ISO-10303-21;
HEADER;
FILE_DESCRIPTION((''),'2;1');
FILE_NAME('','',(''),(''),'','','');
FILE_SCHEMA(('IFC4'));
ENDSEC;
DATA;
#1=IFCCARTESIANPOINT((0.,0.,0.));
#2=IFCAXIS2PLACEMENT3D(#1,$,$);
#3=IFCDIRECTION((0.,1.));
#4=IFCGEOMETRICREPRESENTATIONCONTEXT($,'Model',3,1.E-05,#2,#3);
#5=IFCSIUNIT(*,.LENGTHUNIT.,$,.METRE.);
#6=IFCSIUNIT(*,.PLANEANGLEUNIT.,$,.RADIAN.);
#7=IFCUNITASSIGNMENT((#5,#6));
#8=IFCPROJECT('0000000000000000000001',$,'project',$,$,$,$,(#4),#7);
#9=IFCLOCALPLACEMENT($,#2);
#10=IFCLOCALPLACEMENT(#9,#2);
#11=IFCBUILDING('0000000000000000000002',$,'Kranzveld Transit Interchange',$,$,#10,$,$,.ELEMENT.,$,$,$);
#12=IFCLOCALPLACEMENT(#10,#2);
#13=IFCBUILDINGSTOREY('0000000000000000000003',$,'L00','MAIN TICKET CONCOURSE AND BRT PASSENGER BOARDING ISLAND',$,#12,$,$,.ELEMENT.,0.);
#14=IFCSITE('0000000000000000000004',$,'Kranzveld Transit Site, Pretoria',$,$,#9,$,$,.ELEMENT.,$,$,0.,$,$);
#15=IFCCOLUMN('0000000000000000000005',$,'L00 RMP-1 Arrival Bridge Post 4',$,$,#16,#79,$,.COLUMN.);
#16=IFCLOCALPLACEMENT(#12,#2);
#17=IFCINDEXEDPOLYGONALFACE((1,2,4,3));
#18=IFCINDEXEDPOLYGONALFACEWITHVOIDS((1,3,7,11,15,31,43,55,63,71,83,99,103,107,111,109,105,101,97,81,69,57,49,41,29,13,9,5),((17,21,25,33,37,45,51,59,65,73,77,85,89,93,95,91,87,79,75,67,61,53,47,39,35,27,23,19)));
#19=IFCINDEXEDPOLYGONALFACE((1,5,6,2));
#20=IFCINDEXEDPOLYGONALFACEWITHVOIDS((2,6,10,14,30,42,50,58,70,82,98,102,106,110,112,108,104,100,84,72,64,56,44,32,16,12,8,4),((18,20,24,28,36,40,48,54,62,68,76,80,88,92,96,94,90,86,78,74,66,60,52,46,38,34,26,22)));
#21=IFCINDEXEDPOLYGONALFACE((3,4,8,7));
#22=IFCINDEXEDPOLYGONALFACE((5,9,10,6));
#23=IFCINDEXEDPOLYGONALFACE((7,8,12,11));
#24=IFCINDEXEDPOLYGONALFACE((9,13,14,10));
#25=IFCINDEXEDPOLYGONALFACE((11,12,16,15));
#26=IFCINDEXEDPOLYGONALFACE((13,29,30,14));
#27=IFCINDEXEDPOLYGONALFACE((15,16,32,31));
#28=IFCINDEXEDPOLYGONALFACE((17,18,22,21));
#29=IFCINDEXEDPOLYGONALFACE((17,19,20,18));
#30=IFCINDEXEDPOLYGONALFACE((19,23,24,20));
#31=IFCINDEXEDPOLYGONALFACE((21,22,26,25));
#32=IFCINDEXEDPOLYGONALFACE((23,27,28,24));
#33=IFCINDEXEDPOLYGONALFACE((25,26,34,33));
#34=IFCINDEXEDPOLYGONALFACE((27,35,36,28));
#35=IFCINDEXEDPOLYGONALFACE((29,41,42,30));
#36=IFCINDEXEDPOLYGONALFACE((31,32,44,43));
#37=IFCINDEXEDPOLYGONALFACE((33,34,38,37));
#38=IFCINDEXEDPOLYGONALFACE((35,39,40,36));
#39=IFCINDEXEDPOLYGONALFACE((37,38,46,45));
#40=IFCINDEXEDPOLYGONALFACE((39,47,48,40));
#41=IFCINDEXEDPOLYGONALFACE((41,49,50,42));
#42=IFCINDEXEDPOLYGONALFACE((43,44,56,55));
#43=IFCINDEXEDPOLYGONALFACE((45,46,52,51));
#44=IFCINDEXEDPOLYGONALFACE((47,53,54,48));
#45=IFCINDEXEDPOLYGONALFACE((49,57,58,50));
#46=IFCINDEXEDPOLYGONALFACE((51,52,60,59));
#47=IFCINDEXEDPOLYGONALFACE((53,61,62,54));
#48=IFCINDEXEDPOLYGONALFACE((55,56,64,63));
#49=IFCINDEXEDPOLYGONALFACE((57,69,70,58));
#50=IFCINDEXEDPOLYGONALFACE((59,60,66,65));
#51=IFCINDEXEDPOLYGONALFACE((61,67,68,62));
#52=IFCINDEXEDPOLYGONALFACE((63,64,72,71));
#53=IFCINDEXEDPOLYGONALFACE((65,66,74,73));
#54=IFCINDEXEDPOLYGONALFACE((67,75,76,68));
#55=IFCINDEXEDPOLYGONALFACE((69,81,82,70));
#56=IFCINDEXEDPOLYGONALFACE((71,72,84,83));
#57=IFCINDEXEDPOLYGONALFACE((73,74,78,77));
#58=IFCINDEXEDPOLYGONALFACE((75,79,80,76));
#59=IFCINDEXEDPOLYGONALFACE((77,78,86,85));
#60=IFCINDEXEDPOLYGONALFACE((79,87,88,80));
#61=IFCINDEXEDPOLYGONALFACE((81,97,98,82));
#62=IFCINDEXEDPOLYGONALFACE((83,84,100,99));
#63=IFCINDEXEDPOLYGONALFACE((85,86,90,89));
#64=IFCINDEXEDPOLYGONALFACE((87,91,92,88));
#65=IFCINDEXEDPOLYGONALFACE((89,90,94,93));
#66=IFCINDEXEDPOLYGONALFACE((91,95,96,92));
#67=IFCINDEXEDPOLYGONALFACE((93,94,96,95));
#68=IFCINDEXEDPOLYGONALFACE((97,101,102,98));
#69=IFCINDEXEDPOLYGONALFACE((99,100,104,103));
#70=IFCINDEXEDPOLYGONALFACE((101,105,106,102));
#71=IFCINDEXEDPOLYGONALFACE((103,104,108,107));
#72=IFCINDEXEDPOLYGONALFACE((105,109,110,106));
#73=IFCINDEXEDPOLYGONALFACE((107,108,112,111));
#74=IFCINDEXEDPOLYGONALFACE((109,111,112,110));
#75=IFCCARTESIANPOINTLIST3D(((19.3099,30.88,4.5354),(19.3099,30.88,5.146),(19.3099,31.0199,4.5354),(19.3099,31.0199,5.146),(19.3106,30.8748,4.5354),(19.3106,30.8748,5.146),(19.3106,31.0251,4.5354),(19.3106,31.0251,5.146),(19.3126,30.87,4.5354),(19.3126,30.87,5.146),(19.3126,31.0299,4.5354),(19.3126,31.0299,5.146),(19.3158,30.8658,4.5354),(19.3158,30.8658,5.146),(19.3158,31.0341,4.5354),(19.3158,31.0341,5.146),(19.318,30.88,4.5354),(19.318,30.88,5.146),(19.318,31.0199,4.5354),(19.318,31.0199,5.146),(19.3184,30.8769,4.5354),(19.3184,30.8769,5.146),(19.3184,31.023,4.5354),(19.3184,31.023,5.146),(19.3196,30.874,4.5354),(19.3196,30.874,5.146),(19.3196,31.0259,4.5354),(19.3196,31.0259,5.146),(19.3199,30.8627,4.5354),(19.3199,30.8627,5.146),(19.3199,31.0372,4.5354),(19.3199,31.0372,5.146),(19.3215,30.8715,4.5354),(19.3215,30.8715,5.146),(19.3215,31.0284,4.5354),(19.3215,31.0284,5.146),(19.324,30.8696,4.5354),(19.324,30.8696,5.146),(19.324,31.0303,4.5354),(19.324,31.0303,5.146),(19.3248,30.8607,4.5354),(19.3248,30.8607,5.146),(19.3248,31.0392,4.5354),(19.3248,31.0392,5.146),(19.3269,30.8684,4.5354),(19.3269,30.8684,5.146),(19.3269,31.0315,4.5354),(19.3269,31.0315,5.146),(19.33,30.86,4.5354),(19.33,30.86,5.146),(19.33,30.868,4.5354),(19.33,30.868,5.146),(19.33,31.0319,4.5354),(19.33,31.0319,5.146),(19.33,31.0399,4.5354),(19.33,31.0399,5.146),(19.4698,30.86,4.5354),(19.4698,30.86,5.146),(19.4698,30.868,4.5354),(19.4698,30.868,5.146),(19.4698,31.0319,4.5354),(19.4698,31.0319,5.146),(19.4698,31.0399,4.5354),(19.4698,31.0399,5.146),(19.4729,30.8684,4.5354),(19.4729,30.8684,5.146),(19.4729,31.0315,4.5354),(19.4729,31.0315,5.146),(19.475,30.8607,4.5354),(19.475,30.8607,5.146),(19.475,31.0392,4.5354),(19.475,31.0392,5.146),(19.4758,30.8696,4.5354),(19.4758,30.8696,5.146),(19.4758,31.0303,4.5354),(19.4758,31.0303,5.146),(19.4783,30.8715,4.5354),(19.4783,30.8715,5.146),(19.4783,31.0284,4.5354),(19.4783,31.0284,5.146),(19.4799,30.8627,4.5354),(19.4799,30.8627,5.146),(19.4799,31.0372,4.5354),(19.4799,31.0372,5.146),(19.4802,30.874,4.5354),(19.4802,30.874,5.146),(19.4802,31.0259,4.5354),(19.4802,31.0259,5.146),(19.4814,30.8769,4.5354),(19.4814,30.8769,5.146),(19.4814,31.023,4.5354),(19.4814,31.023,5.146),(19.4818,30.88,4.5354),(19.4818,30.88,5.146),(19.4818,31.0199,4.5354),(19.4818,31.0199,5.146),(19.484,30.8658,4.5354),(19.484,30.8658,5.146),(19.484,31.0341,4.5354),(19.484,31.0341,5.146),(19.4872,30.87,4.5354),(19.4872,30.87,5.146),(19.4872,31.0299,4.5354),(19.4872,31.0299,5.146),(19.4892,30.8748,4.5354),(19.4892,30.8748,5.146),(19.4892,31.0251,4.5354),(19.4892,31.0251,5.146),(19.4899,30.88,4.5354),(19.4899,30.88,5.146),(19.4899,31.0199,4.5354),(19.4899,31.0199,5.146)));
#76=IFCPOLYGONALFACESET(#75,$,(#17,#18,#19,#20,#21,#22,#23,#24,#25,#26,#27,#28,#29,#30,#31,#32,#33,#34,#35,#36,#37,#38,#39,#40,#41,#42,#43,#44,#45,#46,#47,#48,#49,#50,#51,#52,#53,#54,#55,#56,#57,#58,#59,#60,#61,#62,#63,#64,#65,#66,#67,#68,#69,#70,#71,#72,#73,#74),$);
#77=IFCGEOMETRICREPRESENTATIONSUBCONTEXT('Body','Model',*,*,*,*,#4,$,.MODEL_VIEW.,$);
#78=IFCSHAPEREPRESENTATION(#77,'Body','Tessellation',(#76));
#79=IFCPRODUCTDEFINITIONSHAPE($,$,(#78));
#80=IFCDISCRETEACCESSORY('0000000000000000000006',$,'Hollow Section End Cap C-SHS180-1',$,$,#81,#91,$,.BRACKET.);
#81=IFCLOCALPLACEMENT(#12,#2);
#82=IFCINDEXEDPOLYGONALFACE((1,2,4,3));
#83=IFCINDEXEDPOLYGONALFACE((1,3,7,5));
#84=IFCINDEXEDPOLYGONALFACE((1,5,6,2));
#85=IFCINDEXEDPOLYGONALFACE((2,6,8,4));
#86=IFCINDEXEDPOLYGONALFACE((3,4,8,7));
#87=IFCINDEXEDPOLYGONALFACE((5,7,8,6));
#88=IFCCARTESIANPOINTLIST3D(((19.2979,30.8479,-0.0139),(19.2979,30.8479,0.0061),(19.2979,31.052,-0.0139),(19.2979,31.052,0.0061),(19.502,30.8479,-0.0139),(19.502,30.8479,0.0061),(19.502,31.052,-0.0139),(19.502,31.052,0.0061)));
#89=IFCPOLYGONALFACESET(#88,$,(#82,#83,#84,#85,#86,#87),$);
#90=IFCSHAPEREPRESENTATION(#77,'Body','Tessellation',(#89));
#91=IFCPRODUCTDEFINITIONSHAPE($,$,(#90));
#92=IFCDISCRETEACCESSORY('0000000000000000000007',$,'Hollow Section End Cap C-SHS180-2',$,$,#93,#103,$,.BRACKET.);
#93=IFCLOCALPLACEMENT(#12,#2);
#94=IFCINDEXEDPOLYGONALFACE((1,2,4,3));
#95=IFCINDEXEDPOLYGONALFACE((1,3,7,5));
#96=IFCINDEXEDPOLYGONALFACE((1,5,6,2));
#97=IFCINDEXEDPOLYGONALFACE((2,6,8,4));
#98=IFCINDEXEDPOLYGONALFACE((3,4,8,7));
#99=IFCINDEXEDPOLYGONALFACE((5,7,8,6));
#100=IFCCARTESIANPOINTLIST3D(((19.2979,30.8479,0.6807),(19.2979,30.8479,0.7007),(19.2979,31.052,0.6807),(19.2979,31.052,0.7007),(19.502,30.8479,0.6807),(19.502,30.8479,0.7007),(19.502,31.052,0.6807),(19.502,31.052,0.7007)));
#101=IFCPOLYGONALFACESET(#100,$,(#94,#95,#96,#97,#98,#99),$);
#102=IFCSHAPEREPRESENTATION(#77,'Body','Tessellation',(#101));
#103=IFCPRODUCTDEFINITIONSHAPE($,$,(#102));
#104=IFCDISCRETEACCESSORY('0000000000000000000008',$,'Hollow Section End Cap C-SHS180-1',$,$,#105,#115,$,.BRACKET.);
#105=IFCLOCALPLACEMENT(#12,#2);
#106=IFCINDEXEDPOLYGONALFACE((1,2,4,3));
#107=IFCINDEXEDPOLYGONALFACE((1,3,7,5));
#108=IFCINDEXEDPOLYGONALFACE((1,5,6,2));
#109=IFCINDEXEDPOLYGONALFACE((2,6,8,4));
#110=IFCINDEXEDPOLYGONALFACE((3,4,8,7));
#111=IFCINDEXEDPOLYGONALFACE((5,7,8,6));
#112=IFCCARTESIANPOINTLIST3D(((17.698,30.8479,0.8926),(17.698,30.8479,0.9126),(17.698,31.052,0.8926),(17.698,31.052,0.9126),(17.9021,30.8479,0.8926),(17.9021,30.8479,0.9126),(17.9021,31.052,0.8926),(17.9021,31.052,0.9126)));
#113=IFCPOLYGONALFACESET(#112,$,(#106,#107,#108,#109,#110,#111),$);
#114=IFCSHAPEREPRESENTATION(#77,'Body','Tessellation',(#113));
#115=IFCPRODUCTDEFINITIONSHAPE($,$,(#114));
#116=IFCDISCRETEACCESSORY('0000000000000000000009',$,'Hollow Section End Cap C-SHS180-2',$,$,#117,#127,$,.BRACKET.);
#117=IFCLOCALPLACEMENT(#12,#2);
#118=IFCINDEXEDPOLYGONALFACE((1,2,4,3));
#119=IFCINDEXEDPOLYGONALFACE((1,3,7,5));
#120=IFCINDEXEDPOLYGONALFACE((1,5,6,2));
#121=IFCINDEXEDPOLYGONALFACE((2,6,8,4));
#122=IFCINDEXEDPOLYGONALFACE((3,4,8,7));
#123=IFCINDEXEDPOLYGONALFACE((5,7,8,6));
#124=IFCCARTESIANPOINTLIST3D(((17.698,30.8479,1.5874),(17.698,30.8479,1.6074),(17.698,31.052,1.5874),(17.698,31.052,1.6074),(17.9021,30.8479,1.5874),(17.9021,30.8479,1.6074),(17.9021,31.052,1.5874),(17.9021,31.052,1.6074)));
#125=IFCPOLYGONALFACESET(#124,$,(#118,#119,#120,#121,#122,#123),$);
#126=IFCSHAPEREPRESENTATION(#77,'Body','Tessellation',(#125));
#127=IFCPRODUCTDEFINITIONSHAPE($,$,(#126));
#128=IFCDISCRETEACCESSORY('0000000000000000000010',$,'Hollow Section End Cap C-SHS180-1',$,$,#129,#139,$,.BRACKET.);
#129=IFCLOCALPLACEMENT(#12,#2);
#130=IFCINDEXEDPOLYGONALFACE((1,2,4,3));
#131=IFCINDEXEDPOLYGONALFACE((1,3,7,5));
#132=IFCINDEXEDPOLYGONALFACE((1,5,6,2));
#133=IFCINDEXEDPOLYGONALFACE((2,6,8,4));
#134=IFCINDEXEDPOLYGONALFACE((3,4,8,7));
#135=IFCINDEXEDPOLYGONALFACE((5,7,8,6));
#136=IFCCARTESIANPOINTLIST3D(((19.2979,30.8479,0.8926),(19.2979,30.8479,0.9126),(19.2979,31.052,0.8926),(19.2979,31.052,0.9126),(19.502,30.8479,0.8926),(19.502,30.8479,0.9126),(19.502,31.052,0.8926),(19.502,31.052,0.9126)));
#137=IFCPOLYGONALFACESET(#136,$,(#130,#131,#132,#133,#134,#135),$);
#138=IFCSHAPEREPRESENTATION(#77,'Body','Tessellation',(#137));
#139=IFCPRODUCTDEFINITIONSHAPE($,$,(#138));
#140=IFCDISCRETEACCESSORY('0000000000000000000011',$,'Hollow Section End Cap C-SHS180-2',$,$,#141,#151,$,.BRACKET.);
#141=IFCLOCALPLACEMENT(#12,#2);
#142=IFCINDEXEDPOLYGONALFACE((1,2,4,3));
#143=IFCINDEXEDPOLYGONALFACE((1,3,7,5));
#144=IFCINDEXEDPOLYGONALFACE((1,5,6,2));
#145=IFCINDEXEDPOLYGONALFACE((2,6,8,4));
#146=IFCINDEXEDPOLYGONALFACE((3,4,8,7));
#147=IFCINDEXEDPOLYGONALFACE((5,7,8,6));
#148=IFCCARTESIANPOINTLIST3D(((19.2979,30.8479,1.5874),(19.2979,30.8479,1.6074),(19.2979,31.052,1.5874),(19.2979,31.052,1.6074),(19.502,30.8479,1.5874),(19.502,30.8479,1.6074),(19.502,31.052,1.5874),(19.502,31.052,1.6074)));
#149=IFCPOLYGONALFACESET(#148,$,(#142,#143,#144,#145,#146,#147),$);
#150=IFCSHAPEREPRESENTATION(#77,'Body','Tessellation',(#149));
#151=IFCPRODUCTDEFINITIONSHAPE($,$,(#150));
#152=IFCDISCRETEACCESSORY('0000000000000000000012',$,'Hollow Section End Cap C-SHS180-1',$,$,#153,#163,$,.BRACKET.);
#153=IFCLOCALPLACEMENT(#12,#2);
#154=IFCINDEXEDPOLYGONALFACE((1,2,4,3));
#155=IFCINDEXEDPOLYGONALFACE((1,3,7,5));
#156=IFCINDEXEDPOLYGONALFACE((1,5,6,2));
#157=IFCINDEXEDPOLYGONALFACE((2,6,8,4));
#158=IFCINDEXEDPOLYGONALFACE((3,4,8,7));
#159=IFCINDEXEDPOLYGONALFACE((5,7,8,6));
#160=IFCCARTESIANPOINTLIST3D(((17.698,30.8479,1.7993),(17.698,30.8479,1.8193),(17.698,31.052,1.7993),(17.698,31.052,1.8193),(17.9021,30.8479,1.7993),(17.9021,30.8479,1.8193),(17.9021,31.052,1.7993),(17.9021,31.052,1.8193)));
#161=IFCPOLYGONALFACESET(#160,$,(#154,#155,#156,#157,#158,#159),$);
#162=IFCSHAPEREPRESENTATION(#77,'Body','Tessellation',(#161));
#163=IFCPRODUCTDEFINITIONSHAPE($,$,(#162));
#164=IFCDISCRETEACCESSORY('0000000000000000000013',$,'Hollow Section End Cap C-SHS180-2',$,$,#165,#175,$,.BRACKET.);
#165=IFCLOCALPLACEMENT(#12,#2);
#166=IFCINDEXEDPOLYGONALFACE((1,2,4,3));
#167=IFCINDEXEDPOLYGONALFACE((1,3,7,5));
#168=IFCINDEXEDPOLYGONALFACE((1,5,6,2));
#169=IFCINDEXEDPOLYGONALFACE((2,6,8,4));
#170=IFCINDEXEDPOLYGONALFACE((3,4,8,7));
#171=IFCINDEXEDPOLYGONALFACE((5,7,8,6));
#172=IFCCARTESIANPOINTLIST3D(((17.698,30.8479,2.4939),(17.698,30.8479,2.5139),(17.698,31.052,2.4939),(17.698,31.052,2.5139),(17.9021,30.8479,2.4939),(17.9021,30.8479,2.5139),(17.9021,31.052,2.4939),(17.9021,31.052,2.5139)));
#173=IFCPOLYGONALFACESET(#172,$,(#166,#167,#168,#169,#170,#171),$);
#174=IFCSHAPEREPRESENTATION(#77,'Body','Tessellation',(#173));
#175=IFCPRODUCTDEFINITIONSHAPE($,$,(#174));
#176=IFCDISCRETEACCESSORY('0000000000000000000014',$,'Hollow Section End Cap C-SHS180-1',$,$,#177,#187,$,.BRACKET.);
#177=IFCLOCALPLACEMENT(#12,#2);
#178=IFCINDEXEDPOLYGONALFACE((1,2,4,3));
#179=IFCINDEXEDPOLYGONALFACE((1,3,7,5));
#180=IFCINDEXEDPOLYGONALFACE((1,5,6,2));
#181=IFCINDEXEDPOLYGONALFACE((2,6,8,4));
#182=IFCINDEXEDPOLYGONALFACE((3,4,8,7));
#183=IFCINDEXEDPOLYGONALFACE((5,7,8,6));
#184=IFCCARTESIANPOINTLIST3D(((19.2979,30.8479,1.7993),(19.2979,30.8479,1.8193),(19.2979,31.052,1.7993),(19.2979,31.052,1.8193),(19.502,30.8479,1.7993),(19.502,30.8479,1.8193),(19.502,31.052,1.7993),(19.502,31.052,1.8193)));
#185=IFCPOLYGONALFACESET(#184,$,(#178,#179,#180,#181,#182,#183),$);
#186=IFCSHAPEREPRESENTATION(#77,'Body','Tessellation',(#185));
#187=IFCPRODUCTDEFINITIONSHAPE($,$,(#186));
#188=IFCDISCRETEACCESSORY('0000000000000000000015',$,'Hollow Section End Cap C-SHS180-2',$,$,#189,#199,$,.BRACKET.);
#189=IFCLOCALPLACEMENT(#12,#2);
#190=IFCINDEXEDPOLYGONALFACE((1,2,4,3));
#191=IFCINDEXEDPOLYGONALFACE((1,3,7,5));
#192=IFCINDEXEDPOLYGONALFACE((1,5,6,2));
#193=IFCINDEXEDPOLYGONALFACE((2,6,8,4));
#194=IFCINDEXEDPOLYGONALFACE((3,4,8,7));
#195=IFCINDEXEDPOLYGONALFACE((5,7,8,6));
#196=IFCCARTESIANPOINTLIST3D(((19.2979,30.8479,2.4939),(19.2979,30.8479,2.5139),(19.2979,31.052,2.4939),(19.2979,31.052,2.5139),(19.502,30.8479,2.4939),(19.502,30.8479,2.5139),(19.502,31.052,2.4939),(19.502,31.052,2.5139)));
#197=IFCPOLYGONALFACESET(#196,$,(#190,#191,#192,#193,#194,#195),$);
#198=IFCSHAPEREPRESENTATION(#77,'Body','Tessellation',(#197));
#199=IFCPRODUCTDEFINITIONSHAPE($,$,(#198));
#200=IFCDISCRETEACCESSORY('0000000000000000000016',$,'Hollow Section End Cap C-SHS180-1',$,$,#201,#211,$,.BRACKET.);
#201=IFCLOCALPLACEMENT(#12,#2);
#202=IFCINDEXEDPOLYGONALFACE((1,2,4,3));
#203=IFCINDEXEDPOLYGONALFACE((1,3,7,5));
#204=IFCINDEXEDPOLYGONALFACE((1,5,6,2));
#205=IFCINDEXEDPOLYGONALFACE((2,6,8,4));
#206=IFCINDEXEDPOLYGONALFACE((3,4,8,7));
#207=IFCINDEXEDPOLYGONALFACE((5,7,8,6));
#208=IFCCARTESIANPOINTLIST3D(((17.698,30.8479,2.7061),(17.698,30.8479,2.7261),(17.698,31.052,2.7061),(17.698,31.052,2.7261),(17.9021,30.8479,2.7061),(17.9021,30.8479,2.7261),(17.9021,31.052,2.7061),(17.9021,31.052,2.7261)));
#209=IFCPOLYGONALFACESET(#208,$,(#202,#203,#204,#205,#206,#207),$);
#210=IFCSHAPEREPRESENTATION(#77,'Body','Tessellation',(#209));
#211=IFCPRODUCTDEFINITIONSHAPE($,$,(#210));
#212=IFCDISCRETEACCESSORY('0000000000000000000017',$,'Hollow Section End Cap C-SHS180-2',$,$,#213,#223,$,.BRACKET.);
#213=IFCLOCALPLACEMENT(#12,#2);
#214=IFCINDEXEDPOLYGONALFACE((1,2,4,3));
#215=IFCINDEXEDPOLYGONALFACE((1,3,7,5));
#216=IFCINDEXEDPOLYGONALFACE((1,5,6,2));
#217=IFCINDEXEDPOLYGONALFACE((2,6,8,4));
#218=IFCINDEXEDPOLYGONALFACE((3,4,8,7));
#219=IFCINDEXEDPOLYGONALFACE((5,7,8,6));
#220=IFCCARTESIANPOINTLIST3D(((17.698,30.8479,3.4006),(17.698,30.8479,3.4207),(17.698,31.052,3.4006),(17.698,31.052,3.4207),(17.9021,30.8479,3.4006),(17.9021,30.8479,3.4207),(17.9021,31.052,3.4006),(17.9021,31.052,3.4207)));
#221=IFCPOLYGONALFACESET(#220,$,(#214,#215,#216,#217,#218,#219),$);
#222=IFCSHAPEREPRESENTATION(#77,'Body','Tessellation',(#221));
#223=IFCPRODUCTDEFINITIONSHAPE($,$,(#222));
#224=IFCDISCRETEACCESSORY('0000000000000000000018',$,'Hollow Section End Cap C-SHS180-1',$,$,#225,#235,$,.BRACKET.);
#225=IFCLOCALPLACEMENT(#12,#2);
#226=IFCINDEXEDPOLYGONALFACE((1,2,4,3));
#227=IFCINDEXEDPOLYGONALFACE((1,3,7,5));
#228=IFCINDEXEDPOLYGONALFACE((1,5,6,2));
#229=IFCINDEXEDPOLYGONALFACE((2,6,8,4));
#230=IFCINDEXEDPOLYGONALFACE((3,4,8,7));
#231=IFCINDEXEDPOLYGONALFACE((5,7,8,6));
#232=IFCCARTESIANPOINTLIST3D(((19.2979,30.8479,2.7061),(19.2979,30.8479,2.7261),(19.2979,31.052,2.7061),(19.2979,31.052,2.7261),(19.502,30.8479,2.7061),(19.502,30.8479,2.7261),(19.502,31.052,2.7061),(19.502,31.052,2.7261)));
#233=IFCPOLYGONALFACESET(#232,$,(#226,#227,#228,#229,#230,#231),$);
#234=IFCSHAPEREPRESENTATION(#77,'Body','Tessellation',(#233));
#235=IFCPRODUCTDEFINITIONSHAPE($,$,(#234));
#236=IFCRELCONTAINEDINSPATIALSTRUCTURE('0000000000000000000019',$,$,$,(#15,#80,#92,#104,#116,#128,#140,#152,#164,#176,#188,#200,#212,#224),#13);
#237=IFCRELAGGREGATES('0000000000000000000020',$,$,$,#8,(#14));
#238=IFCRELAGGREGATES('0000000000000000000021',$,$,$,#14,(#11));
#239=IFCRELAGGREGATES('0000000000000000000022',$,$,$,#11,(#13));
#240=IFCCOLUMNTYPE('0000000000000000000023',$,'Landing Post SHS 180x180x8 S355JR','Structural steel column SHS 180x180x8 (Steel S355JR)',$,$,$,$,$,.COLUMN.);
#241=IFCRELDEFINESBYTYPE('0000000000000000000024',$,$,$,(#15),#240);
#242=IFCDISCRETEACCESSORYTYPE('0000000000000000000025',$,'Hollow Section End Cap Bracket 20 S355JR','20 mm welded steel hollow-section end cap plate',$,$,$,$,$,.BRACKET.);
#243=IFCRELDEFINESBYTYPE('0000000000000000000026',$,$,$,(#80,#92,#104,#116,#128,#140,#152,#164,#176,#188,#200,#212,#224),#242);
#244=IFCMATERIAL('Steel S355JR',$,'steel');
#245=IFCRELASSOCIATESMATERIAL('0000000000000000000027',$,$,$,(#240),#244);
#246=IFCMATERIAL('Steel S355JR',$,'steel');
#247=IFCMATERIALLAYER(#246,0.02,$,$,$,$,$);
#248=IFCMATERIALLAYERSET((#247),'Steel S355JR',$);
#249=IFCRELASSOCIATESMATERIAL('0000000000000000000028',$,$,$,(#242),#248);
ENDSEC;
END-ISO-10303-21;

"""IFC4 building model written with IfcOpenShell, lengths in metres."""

from ifc_helpers import new_model, si_unit, direction, frame, origin, origin_2d, place, context, subcontext, project, spatial, rectangle, hollow_rectangle, extrude, material, layer, layer_set, material_profile, profile_set, type_object, element, save


model = new_model("IFC4")

# Units and contexts
model_context = context("Model", 3, precision=1e-05, world=origin(), true_north=direction((0.0, 1.0)))
body_context = subcontext(model_context, "Body", "Model", "MODEL_VIEW")
ifc_project = project(units=[si_unit("LENGTHUNIT", "METRE"), si_unit("PLANEANGLEUNIT", "RADIAN")], contexts=[model_context])

# Site, building, storey
site_placement = place(None, origin())
site = spatial("IfcSite", under=ifc_project, at=site_placement, Name="Kranzveld Transit Site, Pretoria", CompositionType="ELEMENT", RefElevation=0.0)
building_placement = place(site_placement, origin())
building = spatial("IfcBuilding", under=site, at=building_placement, Name="Kranzveld Transit Interchange", CompositionType="ELEMENT")
storey_placement = place(building_placement, origin())
storey = spatial("IfcBuildingStorey", under=building, at=storey_placement, Name="L00", Description="MAIN TICKET CONCOURSE AND BRT PASSENGER BOARDING ISLAND", CompositionType="ELEMENT", Elevation=0.0)

# Column
ifc_material_1 = material(Name="Steel S355JR", Category="steel")
ifc_material_profile_1 = material_profile(ifc_material_1, hollow_rectangle(XDim=0.1799, YDim=0.1799, WallThickness=0.0081, InnerFilletRadius=0.012, OuterFilletRadius=0.02, at=origin_2d()), Name="SHS 180x180x8")
ifc_profile_set_1 = profile_set([ifc_material_profile_1], Name="Steel S355JR")
column_type = type_object("IfcColumnType", Name="Landing Post SHS 180x180x8 S355JR", Description="Structural steel column SHS 180x180x8 (Steel S355JR)", PredefinedType="COLUMN", material=ifc_profile_set_1)
column_1_placement = place(storey_placement, frame((19.3999, 30.95, 4.5354), z_axis=(0.0, 0.0, 1.0), x_axis=(1.0, 0.0, 0.0)))
element("IfcColumn", 1, at=column_1_placement, inside=storey, type_object=column_type, Name="L00 RMP-1 Arrival Bridge Post 4", PredefinedType="COLUMN", context=body_context, shape_type="SweptSolid", body=[
    extrude(hollow_rectangle(XDim=0.1799, YDim=0.1799, WallThickness=0.0081, InnerFilletRadius=0.012, OuterFilletRadius=0.02, at=origin_2d()), origin(), (0.0, 0.0, 1.0), 0.6106),
])

# Discrete accessories
ifc_material_2 = material(Name="Steel S355JR", Category="steel")
ifc_layer = layer(ifc_material_2, 0.02)
ifc_layer_set = layer_set([ifc_layer], Name="Steel S355JR")
discrete_accessory_type = type_object("IfcDiscreteAccessoryType", Name="Hollow Section End Cap Bracket 20 S355JR", Description="20 mm welded steel hollow-section end cap plate", PredefinedType="BRACKET", material=ifc_layer_set)
for number, where, z_axis, x_axis, name in (
    (2, (19.3999, 30.95, 0.0061), (0.0, 0.0, -1.0), (1.0, 0.0, 0.0), "Hollow Section End Cap C-SHS180-1"),
    (3, (19.3999, 30.95, 0.6807), (0.0, 0.0, 1.0), (1.0, 0.0, 0.0), "Hollow Section End Cap C-SHS180-2"),
    (4, (17.8, 30.95, 0.9126), (0.0, 0.0, -1.0), (1.0, 0.0, 0.0), "Hollow Section End Cap C-SHS180-1"),
    (5, (17.8, 30.95, 1.5874), (0.0, 0.0, 1.0), (1.0, 0.0, 0.0), "Hollow Section End Cap C-SHS180-2"),
    (6, (19.3999, 30.95, 0.9126), (0.0, 0.0, -1.0), (1.0, 0.0, 0.0), "Hollow Section End Cap C-SHS180-1"),
    (7, (19.3999, 30.95, 1.5874), (0.0, 0.0, 1.0), (1.0, 0.0, 0.0), "Hollow Section End Cap C-SHS180-2"),
    (8, (17.8, 30.95, 1.8193), (0.0, 0.0, -1.0), (1.0, 0.0, 0.0), "Hollow Section End Cap C-SHS180-1"),
    (9, (17.8, 30.95, 2.4939), (0.0, 0.0, 1.0), (1.0, 0.0, 0.0), "Hollow Section End Cap C-SHS180-2"),
    (10, (19.3999, 30.95, 1.8193), (0.0, 0.0, -1.0), (1.0, 0.0, 0.0), "Hollow Section End Cap C-SHS180-1"),
    (11, (19.3999, 30.95, 2.4939), (0.0, 0.0, 1.0), (1.0, 0.0, 0.0), "Hollow Section End Cap C-SHS180-2"),
    (12, (17.8, 30.95, 2.7261), (0.0, 0.0, -1.0), (1.0, 0.0, 0.0), "Hollow Section End Cap C-SHS180-1"),
    (13, (17.8, 30.95, 3.4006), (0.0, 0.0, 1.0), (1.0, 0.0, 0.0), "Hollow Section End Cap C-SHS180-2"),
    (14, (19.3999, 30.95, 2.7261), (0.0, 0.0, -1.0), (1.0, 0.0, 0.0), "Hollow Section End Cap C-SHS180-1"),
):
    element("IfcDiscreteAccessory", number, at=place(storey_placement, frame(where, z_axis=z_axis, x_axis=x_axis)), inside=storey, type_object=discrete_accessory_type, Name=name, PredefinedType="BRACKET", context=body_context, shape_type="SweptSolid", body=[
        extrude(rectangle(XDim=0.2041, YDim=0.2041, at=origin_2d()), origin(), (0.0, 0.0, 1.0), 0.02),
    ])

save(model, "model.ifc")
